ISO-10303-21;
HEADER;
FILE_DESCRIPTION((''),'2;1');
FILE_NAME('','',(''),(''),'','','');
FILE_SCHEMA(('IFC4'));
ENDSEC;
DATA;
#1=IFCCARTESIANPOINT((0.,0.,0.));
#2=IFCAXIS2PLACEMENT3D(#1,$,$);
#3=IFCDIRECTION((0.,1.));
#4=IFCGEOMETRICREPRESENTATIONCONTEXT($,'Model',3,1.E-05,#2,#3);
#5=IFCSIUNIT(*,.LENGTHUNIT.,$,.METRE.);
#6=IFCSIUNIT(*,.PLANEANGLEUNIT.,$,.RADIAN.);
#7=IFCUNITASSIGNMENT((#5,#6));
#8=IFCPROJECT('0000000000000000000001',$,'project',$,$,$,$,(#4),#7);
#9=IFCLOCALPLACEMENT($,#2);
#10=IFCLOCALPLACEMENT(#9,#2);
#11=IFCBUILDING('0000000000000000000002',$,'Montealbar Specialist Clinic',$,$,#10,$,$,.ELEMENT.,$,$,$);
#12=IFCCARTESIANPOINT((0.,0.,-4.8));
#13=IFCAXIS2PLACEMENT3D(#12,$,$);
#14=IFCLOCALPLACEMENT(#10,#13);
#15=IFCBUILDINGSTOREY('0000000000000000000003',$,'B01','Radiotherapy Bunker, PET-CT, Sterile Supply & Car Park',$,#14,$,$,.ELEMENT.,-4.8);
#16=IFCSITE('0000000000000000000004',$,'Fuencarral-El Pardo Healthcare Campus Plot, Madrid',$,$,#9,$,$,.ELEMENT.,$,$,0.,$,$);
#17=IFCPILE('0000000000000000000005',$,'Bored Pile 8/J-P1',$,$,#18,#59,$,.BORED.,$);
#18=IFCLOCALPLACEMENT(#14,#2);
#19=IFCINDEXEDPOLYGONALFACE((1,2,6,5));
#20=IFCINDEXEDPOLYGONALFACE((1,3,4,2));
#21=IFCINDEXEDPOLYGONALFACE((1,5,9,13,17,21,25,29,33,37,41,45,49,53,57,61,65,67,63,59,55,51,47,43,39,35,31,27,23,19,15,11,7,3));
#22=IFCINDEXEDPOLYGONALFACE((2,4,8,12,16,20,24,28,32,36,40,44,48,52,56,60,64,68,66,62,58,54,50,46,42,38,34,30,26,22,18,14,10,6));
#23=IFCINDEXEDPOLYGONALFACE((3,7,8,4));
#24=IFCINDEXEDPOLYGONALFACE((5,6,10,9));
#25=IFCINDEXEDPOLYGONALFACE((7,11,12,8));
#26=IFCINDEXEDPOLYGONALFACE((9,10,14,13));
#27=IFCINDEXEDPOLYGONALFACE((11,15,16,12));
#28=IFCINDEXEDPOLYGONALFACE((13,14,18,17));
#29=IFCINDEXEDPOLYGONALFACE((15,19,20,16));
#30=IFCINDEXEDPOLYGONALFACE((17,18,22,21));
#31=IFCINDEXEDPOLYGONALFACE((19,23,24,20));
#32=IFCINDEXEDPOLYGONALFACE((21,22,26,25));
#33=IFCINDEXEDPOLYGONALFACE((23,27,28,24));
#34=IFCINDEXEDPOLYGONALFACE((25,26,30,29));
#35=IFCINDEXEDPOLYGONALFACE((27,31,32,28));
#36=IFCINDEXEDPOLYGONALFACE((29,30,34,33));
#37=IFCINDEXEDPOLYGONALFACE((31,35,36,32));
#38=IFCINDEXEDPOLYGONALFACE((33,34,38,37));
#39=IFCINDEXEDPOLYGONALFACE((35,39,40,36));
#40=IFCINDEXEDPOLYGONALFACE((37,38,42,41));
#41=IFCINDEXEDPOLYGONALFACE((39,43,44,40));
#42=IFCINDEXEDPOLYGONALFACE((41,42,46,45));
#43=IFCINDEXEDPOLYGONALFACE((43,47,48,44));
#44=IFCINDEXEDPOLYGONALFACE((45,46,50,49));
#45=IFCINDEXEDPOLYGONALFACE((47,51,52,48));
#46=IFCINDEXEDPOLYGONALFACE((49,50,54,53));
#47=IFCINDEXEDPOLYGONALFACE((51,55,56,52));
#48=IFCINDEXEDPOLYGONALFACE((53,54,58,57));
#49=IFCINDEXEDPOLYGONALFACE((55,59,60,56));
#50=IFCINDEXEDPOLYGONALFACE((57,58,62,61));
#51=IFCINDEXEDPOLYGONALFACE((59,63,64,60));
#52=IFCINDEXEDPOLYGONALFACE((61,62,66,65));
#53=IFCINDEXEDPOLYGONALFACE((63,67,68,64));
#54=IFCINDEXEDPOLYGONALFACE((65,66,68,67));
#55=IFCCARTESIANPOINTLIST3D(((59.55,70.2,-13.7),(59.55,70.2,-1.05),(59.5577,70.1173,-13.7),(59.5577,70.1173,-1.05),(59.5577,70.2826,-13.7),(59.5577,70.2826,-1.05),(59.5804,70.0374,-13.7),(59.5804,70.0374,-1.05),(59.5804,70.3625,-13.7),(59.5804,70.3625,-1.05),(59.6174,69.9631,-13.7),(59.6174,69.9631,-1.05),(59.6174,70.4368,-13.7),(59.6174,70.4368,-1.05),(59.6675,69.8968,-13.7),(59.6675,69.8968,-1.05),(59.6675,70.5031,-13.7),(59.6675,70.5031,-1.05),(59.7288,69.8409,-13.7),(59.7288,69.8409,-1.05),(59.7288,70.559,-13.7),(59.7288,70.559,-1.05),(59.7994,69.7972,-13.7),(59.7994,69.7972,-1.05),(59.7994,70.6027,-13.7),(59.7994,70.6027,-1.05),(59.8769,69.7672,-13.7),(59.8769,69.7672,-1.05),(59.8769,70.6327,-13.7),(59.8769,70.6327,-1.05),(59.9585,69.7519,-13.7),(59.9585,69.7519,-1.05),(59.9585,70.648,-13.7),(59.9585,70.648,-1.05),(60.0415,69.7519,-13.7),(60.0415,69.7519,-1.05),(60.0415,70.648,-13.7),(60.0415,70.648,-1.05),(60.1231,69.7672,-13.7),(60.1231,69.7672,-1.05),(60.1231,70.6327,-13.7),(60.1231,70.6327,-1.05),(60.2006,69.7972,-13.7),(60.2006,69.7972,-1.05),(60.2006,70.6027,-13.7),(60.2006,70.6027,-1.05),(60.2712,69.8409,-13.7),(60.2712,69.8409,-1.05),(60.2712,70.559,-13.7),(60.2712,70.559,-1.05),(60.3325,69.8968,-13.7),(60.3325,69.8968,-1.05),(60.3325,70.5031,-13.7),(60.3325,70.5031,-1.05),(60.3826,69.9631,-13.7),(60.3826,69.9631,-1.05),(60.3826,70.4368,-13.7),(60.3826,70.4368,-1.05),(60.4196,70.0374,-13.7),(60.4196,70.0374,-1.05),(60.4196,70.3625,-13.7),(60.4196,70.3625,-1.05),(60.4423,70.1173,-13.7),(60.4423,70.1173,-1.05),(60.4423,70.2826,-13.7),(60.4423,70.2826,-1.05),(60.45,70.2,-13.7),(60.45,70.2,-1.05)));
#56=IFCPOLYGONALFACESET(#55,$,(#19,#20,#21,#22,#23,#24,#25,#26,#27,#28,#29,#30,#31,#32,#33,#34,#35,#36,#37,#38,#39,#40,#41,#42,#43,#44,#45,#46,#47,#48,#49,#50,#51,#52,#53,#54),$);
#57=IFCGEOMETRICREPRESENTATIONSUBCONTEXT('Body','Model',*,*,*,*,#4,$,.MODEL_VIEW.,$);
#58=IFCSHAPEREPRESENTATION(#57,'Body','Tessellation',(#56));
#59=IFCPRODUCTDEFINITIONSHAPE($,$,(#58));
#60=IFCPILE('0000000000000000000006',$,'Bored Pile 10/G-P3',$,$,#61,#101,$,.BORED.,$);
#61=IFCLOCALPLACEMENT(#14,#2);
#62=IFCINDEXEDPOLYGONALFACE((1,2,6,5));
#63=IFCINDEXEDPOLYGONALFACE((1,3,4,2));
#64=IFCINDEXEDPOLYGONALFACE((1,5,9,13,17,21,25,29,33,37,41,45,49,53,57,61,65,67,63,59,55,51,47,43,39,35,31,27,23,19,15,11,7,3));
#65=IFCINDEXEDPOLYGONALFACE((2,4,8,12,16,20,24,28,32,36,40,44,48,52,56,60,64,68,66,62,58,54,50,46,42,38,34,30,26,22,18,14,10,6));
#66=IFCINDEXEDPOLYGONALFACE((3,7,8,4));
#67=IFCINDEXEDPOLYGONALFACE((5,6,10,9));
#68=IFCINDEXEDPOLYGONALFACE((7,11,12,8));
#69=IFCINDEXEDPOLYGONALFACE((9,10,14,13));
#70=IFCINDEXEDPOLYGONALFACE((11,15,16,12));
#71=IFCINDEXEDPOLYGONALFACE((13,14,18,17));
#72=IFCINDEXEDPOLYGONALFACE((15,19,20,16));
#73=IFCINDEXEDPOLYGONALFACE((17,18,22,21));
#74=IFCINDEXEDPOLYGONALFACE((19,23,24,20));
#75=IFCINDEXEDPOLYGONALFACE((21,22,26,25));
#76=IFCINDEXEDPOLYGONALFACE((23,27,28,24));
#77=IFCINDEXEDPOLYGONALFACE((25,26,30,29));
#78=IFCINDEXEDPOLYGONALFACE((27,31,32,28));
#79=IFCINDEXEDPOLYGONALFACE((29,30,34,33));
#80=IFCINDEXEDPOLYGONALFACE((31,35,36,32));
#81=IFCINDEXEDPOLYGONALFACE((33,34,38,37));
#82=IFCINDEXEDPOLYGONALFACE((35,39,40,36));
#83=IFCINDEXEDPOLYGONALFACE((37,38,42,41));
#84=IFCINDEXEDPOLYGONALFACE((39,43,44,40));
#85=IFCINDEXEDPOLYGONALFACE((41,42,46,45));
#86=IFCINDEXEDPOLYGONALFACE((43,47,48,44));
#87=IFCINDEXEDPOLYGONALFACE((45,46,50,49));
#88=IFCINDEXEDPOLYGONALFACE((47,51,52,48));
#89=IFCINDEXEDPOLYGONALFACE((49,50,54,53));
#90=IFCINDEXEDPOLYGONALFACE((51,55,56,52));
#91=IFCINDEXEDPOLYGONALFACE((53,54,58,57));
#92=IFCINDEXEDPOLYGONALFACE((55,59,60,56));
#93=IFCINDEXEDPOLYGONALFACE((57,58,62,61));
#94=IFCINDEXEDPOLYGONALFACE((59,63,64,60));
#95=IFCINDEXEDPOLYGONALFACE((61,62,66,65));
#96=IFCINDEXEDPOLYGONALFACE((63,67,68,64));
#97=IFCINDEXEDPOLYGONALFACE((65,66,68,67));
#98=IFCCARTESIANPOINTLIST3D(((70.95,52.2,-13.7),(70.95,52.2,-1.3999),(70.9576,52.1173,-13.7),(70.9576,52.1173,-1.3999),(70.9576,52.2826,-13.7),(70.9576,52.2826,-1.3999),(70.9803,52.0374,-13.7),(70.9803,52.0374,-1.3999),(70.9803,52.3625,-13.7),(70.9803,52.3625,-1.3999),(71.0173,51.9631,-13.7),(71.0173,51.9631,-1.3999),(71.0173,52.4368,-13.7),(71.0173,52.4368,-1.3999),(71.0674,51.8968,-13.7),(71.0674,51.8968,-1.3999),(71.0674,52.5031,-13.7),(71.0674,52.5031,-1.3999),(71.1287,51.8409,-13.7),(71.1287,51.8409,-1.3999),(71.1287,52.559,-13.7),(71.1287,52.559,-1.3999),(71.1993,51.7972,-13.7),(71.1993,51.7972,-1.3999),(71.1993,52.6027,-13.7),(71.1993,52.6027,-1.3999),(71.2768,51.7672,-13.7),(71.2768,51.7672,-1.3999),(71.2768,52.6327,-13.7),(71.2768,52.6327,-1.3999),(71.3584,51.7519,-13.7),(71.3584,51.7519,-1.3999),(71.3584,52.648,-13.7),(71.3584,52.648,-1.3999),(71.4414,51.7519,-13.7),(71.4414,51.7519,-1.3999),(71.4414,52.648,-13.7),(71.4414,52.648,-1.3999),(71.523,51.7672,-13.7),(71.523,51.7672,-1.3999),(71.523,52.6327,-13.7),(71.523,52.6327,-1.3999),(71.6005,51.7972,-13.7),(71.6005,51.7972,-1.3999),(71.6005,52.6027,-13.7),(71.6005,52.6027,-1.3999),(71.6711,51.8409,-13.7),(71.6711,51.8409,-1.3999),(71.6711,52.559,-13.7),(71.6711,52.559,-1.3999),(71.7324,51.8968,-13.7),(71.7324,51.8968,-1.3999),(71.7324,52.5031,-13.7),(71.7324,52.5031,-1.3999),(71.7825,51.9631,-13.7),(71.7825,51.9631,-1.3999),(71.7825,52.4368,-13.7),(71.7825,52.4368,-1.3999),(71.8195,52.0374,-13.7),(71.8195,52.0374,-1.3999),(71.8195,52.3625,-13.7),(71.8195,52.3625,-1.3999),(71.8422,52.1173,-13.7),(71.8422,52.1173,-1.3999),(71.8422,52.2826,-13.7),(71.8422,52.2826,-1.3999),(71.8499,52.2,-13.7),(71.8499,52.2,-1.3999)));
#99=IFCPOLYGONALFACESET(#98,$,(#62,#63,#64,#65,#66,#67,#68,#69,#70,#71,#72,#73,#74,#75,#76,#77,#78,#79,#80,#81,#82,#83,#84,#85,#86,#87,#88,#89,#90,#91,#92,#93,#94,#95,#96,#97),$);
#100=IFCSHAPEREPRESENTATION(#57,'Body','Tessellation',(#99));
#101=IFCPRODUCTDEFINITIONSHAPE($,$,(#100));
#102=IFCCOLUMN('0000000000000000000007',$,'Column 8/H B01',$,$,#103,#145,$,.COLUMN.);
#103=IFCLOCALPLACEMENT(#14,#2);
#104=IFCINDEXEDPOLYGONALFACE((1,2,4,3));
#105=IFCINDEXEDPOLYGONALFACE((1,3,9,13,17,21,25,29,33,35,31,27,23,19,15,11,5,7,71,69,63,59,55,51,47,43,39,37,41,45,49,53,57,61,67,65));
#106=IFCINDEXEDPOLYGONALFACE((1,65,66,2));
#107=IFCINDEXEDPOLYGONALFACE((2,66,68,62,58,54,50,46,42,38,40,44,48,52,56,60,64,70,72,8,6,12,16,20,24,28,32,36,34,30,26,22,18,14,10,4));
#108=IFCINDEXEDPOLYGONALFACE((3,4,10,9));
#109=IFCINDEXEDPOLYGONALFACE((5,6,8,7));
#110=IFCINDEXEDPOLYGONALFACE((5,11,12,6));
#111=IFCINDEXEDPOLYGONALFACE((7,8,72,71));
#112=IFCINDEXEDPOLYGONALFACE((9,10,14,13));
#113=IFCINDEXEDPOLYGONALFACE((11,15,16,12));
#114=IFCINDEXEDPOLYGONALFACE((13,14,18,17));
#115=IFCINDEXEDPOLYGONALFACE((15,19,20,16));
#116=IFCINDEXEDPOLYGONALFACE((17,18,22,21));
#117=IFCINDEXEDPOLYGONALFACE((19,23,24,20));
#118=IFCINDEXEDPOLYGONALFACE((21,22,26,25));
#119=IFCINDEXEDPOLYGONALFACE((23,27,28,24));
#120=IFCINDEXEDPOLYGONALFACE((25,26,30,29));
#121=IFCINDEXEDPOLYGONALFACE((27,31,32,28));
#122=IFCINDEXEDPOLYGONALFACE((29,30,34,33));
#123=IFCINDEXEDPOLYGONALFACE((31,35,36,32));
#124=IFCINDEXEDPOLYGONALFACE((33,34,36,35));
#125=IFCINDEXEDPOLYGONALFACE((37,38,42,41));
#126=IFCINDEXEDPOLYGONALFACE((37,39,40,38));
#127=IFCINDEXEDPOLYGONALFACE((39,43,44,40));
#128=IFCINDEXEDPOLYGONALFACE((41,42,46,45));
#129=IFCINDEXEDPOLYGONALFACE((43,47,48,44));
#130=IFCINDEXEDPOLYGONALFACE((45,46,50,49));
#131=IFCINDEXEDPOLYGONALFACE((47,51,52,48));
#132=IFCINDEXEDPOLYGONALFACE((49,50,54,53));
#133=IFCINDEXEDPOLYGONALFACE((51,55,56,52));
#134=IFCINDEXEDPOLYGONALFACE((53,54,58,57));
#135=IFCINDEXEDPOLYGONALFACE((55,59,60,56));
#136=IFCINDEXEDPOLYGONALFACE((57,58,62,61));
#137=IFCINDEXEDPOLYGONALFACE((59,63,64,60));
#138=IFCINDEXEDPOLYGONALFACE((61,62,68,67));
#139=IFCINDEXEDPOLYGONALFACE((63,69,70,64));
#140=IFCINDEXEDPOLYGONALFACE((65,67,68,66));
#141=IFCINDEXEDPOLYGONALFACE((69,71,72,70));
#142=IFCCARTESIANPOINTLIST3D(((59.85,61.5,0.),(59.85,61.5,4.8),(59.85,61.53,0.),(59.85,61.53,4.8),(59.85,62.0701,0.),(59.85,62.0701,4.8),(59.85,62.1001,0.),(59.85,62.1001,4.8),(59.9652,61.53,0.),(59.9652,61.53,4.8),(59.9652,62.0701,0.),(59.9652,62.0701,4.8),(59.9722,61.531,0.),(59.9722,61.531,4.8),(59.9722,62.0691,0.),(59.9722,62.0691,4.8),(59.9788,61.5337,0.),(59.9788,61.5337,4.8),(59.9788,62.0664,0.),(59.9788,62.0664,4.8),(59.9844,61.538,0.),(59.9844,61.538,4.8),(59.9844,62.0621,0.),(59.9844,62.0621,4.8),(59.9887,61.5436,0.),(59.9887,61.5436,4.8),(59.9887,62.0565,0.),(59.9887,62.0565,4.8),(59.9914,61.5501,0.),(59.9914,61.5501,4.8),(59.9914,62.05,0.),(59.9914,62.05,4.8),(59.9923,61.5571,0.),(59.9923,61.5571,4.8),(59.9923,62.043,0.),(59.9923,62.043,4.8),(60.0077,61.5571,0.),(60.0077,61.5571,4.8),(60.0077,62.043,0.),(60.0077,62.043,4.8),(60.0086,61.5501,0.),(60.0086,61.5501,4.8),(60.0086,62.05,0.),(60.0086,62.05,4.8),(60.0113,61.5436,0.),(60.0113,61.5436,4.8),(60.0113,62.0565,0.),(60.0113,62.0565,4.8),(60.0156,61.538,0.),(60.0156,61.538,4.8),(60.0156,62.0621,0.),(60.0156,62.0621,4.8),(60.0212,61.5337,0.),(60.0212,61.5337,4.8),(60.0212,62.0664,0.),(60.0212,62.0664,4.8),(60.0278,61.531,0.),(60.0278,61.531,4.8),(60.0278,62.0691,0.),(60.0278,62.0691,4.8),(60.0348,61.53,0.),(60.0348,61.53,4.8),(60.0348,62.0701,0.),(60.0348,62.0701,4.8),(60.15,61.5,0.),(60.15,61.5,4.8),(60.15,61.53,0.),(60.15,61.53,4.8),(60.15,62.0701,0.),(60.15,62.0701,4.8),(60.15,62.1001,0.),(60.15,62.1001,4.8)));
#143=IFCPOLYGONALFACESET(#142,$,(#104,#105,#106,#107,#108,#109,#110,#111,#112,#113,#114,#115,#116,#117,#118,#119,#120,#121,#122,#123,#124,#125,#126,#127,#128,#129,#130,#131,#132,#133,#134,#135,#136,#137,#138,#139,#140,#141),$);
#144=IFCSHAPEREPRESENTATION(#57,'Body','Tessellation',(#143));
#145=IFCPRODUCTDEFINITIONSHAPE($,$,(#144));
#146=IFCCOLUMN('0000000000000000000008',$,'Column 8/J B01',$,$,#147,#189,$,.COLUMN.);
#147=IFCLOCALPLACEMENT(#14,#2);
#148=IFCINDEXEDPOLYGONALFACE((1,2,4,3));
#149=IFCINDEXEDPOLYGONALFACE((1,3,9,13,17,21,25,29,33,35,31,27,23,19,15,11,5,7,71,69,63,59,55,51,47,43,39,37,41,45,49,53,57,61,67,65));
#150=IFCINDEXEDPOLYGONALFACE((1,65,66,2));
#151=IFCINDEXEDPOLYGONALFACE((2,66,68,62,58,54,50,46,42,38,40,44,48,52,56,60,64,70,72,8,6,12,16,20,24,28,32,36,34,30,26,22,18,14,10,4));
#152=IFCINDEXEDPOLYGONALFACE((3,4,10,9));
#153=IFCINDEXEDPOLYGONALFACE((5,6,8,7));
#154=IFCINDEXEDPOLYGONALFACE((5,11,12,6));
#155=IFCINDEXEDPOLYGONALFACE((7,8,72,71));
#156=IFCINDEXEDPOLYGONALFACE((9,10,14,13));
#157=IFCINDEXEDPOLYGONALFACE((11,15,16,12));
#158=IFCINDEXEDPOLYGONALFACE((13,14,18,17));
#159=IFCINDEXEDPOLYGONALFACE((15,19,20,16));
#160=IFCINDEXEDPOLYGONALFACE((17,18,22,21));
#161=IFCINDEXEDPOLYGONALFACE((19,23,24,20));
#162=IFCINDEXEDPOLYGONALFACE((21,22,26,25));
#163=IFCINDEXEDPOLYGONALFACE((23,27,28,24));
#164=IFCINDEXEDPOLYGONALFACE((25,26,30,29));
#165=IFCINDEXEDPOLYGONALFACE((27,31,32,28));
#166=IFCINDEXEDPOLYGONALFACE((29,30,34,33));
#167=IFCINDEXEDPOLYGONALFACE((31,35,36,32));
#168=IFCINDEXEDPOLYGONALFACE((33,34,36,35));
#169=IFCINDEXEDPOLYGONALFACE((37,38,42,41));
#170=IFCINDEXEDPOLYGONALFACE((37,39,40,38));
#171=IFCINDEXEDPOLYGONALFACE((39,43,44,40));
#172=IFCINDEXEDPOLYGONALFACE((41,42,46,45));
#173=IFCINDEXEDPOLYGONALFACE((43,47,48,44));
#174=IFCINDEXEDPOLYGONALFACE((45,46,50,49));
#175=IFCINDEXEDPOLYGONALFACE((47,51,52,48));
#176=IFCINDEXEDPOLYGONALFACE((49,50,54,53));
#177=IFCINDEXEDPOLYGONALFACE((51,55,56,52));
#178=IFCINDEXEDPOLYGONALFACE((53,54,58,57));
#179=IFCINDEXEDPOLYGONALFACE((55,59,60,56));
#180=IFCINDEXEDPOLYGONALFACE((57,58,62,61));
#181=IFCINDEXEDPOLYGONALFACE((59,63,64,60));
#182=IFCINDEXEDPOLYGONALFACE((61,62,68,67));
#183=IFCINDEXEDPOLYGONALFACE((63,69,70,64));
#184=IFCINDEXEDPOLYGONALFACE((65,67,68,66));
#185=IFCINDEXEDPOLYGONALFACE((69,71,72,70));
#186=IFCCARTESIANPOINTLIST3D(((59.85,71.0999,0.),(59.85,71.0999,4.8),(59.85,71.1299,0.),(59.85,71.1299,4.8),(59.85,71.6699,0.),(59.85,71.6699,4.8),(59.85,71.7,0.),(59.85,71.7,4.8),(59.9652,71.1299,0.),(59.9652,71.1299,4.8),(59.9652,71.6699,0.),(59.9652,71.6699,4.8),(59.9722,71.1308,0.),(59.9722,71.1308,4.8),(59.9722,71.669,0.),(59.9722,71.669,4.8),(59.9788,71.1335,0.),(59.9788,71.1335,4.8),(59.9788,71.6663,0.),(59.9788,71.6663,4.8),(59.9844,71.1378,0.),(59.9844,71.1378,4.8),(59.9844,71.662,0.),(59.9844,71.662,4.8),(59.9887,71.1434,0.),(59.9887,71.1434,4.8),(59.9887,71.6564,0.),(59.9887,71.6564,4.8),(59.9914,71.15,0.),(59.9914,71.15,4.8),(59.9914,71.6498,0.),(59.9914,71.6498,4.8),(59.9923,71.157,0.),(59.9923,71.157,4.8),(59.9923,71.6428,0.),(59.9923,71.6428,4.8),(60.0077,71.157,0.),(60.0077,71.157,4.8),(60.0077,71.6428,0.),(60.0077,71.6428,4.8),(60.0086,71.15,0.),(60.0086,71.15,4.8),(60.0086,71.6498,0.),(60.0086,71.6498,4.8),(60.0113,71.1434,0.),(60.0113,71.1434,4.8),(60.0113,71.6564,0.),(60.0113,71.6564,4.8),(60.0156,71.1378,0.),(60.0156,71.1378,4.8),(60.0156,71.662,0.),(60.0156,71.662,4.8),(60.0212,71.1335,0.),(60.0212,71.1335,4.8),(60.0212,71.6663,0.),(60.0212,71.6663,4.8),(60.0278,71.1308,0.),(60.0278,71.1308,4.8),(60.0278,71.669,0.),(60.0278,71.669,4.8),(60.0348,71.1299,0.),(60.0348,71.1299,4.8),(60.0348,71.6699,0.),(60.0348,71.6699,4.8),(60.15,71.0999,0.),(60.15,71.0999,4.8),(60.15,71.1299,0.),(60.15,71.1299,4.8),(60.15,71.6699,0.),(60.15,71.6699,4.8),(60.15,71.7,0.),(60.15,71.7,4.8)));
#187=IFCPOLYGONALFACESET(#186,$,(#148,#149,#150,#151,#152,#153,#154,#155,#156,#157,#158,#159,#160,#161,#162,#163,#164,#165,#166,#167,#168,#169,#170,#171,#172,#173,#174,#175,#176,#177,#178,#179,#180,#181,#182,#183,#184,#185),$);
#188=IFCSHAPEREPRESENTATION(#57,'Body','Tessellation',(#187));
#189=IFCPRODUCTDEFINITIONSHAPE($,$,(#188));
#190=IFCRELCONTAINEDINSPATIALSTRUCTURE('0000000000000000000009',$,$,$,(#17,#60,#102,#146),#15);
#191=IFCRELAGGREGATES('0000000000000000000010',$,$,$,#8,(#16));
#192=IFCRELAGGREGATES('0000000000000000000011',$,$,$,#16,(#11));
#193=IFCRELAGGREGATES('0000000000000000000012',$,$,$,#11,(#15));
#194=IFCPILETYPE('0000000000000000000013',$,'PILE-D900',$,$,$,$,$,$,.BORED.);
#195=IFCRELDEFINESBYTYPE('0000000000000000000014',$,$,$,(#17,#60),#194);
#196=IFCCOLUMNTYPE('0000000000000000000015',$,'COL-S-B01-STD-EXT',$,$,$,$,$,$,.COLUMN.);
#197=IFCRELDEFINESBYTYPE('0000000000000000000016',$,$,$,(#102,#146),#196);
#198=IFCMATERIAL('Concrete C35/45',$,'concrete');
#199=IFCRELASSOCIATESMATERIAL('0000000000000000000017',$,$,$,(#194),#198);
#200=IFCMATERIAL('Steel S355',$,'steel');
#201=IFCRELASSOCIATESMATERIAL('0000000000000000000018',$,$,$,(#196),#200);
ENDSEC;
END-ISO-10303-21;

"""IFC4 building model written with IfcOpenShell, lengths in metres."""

from ifc_helpers import new_model, si_unit, direction, frame, origin, origin_2d, place, context, subcontext, project, spatial, circle, i_section, extrude, material, material_profile, profile_set, type_object, element, save


model = new_model("IFC4")

# Units and contexts
model_context = context("Model", 3, precision=1e-05, world=origin(), true_north=direction((0.0, 1.0)))
body_context = subcontext(model_context, "Body", "Model", "MODEL_VIEW")
ifc_project = project(units=[si_unit("LENGTHUNIT", "METRE"), si_unit("PLANEANGLEUNIT", "RADIAN")], contexts=[model_context])

# Site, building, storey
site_placement = place(None, origin())
site = spatial("IfcSite", under=ifc_project, at=site_placement, Name="Fuencarral-El Pardo Healthcare Campus Plot, Madrid", CompositionType="ELEMENT", RefElevation=0.0)
building_placement = place(site_placement, origin())
building = spatial("IfcBuilding", under=site, at=building_placement, Name="Montealbar Specialist Clinic", CompositionType="ELEMENT")
storey_placement = place(building_placement, frame((0.0, 0.0, -4.8)))
storey = spatial("IfcBuildingStorey", under=building, at=storey_placement, Name="B01", Description="Radiotherapy Bunker, PET-CT, Sterile Supply & Car Park", CompositionType="ELEMENT", Elevation=-4.8)

# Shared definitions
ifc_material_1 = material(Name="Concrete C35/45", Category="concrete")

# Piles
ifc_material_profile_1 = material_profile(ifc_material_1, circle(Radius=0.45, at=origin_2d()), Name="PILE D900", Category="concrete")
ifc_profile_set_1 = profile_set([ifc_material_profile_1], Name="Concrete C35/45")
pile_type_1 = type_object("IfcPileType", Name="PILE-D900", PredefinedType="BORED", material=ifc_profile_set_1)
for number, where, z_axis, x_axis, name in (
    (1, (60.0, 70.2, -1.05), (0.0, 0.0, -1.0), (1.0, 0.0, 0.0), "Bored Pile 8/J-P1"),
):
    element("IfcPile", number, at=place(storey_placement, frame(where, z_axis=z_axis, x_axis=x_axis)), inside=storey, type_object=pile_type_1, Name=name, PredefinedType="BORED", context=body_context, shape_type="SweptSolid", body=[
        extrude(circle(Radius=0.45, at=origin_2d()), origin(), (0.0, 0.0, 1.0), 12.6499),
    ])
pile_1_placement = place(storey_placement, frame((71.3999, 52.2, -1.3999), z_axis=(0.0, 0.0, -1.0), x_axis=(1.0, 0.0, 0.0)))
element("IfcPile", 2, at=pile_1_placement, inside=storey, type_object=pile_type_1, Name="Bored Pile 10/G-P3", PredefinedType="BORED", context=body_context, shape_type="SweptSolid", body=[
    extrude(circle(Radius=0.45, at=origin_2d()), origin(), (0.0, 0.0, 1.0), 12.3),
])

# Columns
ifc_material_2 = material(Name="Steel S355", Category="steel")
ifc_material_profile_2 = material_profile(ifc_material_2, i_section(OverallWidth=0.3, OverallDepth=0.6001, WebThickness=0.0154, FlangeThickness=0.03, FilletRadius=0.0271, at=origin_2d()), Name="HEB 600", Category="steel")
ifc_profile_set_2 = profile_set([ifc_material_profile_2], Name="Steel S355")
column_type = type_object("IfcColumnType", Name="COL-S-B01-STD-EXT", PredefinedType="COLUMN", material=ifc_profile_set_2)
for number, where, z_axis, x_axis, name in (
    (3, (60.0, 61.8, 0.0), (0.0, 0.0, 1.0), (1.0, 0.0, 0.0), "Column 8/H B01"),
    (4, (60.0, 71.3999, 0.0), (0.0, 0.0, 1.0), (1.0, 0.0, 0.0), "Column 8/J B01"),
):
    element("IfcColumn", number, at=place(storey_placement, frame(where, z_axis=z_axis, x_axis=x_axis)), inside=storey, type_object=column_type, Name=name, PredefinedType="COLUMN", context=body_context, shape_type="SweptSolid", body=[
        extrude(i_section(OverallWidth=0.3, OverallDepth=0.6001, WebThickness=0.0154, FlangeThickness=0.03, FilletRadius=0.0271, at=origin_2d()), origin(), (0.0, 0.0, 1.0), 4.8),
    ])

save(model, "model.ifc")
